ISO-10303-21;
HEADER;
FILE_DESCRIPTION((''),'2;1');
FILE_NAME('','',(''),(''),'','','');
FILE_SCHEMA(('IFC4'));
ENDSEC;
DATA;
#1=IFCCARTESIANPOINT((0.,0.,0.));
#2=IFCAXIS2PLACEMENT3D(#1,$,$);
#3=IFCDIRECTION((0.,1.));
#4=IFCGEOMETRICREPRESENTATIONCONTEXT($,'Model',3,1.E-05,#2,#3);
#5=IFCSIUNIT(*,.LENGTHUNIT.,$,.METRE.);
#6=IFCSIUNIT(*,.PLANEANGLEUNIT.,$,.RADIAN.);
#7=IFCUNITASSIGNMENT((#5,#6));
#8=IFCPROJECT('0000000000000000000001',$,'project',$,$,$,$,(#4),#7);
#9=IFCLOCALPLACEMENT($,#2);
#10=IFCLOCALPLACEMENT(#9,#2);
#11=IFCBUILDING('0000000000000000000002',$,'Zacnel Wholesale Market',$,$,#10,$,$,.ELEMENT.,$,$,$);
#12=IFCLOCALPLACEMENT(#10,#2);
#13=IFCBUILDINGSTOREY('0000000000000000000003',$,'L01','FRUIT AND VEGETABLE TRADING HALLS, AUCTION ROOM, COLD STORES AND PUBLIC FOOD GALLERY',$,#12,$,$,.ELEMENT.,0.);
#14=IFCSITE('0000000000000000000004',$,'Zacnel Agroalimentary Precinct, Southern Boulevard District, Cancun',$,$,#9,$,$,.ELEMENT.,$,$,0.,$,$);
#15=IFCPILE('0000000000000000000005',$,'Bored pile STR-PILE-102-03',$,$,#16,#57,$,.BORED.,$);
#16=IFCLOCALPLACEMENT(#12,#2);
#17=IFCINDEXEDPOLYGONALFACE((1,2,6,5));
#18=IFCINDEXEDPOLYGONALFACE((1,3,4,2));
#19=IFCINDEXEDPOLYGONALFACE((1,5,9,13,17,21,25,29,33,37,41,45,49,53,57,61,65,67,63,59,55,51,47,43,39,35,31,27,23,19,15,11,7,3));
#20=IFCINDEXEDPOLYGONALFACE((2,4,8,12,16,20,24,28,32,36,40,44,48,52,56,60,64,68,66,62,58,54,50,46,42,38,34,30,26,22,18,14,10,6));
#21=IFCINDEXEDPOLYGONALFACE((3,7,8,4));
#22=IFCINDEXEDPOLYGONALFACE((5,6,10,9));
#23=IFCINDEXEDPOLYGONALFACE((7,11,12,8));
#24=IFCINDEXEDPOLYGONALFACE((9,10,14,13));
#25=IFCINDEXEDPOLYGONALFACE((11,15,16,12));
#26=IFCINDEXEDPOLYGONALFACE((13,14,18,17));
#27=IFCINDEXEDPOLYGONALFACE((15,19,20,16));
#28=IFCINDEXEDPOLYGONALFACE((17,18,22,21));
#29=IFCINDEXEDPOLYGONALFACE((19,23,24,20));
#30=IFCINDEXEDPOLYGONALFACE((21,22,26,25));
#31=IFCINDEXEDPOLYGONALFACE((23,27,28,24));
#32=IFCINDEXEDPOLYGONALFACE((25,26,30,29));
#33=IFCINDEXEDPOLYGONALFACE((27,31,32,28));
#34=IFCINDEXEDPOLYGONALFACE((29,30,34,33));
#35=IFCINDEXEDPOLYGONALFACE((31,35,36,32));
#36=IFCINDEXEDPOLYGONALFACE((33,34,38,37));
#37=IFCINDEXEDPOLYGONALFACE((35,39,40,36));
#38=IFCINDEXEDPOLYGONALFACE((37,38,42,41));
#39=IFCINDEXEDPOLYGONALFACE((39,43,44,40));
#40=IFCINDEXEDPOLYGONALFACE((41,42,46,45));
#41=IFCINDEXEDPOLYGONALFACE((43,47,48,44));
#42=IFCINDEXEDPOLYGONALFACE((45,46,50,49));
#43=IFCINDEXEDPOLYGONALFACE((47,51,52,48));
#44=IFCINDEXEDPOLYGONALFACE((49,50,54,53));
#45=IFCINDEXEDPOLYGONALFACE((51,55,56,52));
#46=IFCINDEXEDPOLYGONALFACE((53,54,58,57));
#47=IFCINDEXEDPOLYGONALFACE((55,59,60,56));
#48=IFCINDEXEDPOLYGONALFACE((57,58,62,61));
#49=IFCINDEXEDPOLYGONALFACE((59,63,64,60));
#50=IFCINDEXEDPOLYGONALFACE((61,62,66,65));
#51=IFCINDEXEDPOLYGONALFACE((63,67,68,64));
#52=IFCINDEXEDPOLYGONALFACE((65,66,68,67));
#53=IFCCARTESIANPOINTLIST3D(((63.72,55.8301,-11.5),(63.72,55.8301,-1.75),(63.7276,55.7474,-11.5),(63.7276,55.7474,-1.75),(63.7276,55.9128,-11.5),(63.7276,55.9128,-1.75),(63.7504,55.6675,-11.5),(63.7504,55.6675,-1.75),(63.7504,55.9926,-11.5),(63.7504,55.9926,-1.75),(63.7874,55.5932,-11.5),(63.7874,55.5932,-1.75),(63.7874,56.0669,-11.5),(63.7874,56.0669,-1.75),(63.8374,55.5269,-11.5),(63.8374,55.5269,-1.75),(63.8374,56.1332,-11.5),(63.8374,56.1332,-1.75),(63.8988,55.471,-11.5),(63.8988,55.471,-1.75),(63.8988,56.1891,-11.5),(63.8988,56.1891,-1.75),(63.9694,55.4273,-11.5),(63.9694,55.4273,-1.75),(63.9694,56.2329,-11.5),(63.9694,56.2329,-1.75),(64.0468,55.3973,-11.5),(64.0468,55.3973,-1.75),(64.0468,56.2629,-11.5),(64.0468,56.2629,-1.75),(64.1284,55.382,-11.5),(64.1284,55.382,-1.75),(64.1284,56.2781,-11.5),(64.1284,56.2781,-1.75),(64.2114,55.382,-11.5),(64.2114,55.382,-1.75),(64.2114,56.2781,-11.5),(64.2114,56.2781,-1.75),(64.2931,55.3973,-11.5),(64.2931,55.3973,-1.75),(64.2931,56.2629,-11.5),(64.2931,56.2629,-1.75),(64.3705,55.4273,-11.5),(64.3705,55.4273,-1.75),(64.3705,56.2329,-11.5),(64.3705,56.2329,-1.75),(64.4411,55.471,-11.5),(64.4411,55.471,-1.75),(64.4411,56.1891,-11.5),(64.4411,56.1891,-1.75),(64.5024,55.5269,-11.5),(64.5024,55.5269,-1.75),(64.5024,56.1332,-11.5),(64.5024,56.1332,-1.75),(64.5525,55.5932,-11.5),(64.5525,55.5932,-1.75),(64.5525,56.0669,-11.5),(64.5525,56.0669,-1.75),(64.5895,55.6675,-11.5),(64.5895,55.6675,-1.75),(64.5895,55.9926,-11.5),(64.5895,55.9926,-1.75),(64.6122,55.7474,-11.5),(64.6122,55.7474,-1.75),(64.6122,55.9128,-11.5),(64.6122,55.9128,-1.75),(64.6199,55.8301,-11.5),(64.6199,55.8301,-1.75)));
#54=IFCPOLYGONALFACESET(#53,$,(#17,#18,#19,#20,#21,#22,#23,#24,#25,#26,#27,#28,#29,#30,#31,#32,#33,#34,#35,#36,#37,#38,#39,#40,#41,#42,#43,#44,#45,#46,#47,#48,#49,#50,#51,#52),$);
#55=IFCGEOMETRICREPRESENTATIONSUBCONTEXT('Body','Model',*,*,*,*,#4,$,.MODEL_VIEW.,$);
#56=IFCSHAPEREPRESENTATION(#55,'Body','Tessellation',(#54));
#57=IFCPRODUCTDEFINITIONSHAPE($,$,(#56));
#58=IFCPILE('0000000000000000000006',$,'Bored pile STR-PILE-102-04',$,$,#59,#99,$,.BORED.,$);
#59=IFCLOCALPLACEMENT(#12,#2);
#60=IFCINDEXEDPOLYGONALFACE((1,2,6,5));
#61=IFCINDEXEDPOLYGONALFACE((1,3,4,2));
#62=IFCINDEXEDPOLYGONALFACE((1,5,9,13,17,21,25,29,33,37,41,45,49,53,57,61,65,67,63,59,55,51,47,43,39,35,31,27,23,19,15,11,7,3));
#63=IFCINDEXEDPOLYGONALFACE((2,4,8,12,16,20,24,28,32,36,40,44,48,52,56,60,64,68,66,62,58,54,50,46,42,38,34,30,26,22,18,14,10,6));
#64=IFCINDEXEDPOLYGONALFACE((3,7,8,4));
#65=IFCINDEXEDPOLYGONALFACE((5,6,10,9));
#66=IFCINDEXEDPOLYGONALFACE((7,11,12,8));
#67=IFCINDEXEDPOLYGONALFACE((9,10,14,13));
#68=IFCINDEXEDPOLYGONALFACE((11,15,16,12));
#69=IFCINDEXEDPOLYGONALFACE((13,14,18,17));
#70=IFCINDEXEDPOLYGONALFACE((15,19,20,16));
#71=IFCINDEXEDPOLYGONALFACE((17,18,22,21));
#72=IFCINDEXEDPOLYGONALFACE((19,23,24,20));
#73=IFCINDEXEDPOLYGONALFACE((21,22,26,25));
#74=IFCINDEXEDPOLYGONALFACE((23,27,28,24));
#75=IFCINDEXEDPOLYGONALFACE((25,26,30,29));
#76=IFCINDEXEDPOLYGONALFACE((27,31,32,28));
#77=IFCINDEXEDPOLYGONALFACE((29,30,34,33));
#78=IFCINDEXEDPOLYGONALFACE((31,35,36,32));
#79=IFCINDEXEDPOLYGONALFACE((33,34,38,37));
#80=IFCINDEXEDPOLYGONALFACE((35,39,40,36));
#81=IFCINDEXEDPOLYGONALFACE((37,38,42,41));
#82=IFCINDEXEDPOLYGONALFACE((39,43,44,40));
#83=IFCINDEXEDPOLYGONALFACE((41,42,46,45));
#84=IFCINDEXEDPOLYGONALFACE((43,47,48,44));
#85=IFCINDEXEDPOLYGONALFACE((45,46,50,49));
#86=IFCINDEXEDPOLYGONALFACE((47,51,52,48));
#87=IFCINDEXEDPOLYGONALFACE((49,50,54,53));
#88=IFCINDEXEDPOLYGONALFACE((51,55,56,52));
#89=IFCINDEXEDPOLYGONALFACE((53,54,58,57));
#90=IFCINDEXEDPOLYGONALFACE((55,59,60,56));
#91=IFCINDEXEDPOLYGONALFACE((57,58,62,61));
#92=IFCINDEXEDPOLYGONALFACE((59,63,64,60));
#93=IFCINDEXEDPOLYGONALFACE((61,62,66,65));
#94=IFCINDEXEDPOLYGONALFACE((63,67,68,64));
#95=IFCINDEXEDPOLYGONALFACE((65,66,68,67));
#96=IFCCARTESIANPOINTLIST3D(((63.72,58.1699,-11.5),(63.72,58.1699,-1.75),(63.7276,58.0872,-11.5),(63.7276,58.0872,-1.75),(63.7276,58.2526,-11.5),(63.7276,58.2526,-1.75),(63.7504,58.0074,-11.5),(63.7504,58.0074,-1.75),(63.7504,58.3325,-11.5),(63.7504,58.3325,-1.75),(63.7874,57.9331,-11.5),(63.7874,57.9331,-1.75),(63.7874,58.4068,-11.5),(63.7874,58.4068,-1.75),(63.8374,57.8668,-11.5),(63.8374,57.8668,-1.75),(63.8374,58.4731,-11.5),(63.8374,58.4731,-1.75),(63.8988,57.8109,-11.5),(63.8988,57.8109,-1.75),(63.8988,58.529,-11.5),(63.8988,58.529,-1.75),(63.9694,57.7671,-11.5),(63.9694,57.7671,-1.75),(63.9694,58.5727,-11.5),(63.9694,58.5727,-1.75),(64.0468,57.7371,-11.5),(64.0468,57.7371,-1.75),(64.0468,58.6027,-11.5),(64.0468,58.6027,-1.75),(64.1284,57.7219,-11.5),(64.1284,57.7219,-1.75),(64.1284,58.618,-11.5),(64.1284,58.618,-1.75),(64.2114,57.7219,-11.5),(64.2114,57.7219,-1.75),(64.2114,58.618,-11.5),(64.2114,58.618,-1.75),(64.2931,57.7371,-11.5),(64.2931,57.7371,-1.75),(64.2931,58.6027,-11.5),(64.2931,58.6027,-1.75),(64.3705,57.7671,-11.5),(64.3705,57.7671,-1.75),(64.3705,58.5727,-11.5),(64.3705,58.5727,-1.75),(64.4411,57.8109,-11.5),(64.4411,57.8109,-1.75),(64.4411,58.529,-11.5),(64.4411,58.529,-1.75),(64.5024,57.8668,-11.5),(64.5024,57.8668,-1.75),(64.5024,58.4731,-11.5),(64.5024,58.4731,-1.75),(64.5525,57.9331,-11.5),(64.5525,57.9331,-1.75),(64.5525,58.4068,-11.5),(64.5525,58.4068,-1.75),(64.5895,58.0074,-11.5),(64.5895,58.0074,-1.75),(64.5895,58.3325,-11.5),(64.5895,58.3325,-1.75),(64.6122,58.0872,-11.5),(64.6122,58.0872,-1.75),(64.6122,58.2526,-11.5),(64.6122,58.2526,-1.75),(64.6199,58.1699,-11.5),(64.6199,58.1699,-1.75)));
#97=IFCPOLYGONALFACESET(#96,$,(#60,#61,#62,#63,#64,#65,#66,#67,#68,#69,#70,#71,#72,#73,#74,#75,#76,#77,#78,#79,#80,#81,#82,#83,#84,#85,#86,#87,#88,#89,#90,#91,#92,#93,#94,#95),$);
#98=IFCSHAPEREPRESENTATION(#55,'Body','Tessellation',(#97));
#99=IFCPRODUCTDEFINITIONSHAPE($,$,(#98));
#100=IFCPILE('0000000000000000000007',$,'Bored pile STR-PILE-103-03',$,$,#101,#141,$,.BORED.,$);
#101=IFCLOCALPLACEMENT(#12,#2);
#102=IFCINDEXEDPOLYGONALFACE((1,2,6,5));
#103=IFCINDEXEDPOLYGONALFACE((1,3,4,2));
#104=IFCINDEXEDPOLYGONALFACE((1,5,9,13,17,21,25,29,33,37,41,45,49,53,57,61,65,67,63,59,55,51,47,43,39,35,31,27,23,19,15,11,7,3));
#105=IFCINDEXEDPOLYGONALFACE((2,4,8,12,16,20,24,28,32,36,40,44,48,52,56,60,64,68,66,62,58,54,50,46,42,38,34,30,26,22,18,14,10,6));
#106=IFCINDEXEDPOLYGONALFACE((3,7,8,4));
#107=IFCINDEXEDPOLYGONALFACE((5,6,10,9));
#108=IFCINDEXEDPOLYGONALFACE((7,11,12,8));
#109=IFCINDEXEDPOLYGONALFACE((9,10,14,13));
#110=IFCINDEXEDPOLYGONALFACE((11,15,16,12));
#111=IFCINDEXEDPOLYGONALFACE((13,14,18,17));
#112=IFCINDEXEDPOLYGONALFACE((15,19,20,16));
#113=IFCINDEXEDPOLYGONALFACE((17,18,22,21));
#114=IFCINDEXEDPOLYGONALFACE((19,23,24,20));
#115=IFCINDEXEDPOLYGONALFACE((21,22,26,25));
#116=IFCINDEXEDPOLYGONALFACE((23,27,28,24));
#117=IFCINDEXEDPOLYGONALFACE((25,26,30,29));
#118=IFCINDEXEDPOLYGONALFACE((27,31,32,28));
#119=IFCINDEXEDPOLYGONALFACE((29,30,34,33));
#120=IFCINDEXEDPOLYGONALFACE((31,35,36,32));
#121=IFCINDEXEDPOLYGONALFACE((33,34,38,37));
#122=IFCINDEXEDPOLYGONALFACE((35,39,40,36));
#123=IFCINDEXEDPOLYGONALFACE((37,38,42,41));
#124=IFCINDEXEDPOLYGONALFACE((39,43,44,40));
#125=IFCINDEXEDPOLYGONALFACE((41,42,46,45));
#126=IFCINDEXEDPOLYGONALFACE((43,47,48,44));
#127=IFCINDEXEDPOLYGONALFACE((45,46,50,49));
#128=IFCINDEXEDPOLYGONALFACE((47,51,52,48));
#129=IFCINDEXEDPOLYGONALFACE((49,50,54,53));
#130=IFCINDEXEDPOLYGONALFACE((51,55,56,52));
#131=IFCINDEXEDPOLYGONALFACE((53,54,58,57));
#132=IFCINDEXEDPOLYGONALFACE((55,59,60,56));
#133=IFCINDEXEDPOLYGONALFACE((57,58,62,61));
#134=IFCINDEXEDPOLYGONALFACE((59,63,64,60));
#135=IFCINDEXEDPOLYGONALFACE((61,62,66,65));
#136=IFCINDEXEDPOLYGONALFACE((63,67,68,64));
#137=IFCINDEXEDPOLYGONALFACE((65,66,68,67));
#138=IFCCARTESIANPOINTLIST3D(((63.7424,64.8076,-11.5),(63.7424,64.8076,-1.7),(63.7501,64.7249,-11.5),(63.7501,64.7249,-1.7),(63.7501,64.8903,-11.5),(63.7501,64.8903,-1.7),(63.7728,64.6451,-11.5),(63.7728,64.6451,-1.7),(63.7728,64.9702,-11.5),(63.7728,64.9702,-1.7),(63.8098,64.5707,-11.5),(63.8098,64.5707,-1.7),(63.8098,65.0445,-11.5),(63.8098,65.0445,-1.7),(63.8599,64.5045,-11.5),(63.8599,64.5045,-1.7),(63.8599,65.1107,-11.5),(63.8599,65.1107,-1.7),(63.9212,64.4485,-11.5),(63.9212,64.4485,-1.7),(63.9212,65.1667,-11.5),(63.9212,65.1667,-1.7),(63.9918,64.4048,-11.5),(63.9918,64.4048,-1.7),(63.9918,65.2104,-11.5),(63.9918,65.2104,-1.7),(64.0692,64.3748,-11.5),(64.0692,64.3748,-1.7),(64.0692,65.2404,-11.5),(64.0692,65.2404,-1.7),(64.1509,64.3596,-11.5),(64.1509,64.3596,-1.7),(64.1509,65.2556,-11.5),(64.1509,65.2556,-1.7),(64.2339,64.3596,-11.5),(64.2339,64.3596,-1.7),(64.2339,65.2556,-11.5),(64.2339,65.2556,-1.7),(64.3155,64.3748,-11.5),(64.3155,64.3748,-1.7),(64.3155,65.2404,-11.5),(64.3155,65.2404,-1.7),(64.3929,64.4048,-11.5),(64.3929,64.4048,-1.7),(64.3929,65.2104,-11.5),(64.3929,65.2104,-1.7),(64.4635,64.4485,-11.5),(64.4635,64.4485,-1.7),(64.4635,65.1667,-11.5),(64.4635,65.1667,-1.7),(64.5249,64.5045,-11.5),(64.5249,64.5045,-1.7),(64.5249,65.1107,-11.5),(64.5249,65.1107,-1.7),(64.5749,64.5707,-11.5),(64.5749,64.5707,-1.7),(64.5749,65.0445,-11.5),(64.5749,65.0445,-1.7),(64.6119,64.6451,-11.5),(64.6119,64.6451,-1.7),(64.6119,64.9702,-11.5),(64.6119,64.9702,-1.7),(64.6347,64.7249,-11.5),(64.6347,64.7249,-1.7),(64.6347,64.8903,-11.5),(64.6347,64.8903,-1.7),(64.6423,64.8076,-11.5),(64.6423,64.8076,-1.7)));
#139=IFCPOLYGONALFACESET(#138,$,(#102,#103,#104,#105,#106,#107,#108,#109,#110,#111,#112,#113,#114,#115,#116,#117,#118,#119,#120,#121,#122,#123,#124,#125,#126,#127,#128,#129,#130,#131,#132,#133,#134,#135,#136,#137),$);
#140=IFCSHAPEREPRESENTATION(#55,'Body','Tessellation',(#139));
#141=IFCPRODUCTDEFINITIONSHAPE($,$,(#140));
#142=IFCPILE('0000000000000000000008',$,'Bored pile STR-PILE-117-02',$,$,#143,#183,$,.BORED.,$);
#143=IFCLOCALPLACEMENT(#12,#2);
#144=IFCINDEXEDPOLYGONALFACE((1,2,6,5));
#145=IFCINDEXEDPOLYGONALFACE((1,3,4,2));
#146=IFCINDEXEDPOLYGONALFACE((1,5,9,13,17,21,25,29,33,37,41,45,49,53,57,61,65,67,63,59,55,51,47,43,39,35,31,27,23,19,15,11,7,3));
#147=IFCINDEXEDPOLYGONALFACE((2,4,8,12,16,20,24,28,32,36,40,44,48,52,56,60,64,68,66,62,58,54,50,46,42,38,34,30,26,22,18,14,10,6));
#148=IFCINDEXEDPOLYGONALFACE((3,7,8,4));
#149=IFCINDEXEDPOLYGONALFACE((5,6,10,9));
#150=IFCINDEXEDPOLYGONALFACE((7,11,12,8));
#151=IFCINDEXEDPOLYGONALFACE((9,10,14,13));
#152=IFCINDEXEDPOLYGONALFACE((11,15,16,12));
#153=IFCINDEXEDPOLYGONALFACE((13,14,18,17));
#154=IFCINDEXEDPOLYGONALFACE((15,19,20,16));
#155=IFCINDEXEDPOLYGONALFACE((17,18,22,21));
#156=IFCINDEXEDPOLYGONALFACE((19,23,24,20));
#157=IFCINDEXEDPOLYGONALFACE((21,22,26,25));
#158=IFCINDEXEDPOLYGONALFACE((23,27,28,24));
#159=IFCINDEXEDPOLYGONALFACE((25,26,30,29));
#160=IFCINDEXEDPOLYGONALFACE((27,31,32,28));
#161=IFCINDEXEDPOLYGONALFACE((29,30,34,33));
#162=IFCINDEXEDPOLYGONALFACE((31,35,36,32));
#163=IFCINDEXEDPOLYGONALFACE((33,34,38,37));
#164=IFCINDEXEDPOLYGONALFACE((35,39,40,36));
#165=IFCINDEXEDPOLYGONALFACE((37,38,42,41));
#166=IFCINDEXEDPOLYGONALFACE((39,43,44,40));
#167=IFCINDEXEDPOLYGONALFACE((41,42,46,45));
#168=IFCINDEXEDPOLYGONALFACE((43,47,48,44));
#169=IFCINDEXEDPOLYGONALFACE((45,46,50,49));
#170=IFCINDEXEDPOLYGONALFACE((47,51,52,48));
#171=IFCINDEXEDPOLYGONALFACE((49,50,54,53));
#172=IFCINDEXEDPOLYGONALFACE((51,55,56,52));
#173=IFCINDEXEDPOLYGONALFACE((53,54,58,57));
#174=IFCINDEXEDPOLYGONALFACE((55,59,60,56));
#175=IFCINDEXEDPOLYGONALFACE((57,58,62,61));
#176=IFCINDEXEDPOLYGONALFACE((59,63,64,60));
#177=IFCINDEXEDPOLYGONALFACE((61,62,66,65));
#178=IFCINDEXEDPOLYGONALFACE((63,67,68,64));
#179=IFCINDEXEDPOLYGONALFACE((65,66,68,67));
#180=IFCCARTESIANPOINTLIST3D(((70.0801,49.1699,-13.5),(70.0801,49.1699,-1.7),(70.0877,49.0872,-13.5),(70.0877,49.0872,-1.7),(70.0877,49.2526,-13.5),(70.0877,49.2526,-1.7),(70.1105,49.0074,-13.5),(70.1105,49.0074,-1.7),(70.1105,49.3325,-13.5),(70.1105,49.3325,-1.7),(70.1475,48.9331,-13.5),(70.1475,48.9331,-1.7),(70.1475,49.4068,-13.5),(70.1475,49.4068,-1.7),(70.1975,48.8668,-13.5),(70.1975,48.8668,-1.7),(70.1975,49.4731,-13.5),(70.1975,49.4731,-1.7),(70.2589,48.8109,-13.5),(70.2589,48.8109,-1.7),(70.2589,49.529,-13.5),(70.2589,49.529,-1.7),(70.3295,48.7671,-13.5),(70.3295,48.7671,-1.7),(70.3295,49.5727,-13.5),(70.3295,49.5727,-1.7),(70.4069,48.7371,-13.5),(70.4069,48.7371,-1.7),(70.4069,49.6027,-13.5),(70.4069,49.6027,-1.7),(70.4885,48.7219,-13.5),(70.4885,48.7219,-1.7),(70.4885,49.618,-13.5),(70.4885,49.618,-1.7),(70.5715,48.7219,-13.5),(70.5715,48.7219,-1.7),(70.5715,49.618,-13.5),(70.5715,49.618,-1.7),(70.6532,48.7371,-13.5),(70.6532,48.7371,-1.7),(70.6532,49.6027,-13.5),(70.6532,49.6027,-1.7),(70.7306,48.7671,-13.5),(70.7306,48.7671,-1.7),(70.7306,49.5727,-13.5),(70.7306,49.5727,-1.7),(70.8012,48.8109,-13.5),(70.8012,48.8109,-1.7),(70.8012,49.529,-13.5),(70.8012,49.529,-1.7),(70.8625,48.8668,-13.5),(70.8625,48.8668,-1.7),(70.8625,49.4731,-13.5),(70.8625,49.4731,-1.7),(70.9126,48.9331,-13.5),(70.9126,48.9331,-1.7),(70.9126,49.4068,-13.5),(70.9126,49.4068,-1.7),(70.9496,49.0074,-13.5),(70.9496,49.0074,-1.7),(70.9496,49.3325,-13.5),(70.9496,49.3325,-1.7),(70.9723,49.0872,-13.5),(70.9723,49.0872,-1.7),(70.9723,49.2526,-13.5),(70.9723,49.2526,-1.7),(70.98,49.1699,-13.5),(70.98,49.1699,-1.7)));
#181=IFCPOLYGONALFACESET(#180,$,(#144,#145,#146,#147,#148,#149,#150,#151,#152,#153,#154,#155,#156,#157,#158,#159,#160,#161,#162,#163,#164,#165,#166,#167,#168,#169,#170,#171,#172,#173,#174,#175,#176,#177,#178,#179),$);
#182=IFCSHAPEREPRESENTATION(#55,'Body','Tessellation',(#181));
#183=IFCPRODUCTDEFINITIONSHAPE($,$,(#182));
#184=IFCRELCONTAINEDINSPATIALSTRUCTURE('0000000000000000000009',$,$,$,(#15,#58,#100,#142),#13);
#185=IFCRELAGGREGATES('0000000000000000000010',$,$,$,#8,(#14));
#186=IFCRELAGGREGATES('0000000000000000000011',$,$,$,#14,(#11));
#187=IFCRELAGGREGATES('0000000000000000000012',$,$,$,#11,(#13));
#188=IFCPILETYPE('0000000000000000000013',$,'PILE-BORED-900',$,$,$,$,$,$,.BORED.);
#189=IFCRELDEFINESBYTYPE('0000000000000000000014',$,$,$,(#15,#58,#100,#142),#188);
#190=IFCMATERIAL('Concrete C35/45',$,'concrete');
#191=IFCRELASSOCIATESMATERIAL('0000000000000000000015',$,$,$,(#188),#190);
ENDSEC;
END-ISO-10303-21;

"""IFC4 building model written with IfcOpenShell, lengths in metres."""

from ifc_helpers import new_model, si_unit, direction, frame, origin, origin_2d, place, context, subcontext, project, spatial, circle, extrude, material, material_profile, profile_set, type_object, element, save


model = new_model("IFC4")

# Units and contexts
model_context = context("Model", 3, precision=1e-05, world=origin(), true_north=direction((0.0, 1.0)))
body_context = subcontext(model_context, "Body", "Model", "MODEL_VIEW")
ifc_project = project(units=[si_unit("LENGTHUNIT", "METRE"), si_unit("PLANEANGLEUNIT", "RADIAN")], contexts=[model_context])

# Site, building, storey
site_placement = place(None, origin())
site = spatial("IfcSite", under=ifc_project, at=site_placement, Name="Zacnel Agroalimentary Precinct, Southern Boulevard District, Cancun", CompositionType="ELEMENT", RefElevation=0.0)
building_placement = place(site_placement, origin())
building = spatial("IfcBuilding", under=site, at=building_placement, Name="Zacnel Wholesale Market", CompositionType="ELEMENT")
storey_placement = place(building_placement, origin())
storey = spatial("IfcBuildingStorey", under=building, at=storey_placement, Name="L01", Description="FRUIT AND VEGETABLE TRADING HALLS, AUCTION ROOM, COLD STORES AND PUBLIC FOOD GALLERY", CompositionType="ELEMENT", Elevation=0.0)

# Piles
ifc_material_1 = material(Name="Concrete C35/45", Category="concrete")
ifc_material_profile_1 = material_profile(ifc_material_1, circle(Radius=0.45, at=origin_2d()), Name="BORED PILE D900")
ifc_profile_set_1 = profile_set([ifc_material_profile_1], Name="Concrete C35/45")
pile_type = type_object("IfcPileType", Name="PILE-BORED-900", PredefinedType="BORED", material=ifc_profile_set_1)
for number, where, z_axis, x_axis, name in (
    (1, (64.1699, 55.8301, -1.75), (0.0, 0.0, -1.0), (1.0, 0.0, 0.0), "Bored pile STR-PILE-102-03"),
    (2, (64.1699, 58.1699, -1.75), (0.0, 0.0, -1.0), (1.0, 0.0, 0.0), "Bored pile STR-PILE-102-04"),
):
    element("IfcPile", number, at=place(storey_placement, frame(where, z_axis=z_axis, x_axis=x_axis)), inside=storey, type_object=pile_type, Name=name, PredefinedType="BORED", context=body_context, shape_type="SweptSolid", body=[
        extrude(circle(Radius=0.45, at=origin_2d()), origin(), (0.0, 0.0, 1.0), 9.75),
    ])
pile_1_placement = place(storey_placement, frame((64.1924, 64.8076, -1.7), z_axis=(0.0, 0.0, -1.0), x_axis=(1.0, 0.0, 0.0)))
element("IfcPile", 3, at=pile_1_placement, inside=storey, type_object=pile_type, Name="Bored pile STR-PILE-103-03", PredefinedType="BORED", context=body_context, shape_type="SweptSolid", body=[
    extrude(circle(Radius=0.45, at=origin_2d()), origin(), (0.0, 0.0, 1.0), 9.8),
])
for number, where, z_axis, x_axis, name in (
    (4, (70.53, 49.1699, -1.7), (0.0, 0.0, -1.0), (1.0, 0.0, 0.0), "Bored pile STR-PILE-117-02"),
):
    element("IfcPile", number, at=place(storey_placement, frame(where, z_axis=z_axis, x_axis=x_axis)), inside=storey, type_object=pile_type, Name=name, PredefinedType="BORED", context=body_context, shape_type="SweptSolid", body=[
        extrude(circle(Radius=0.45, at=origin_2d()), origin(), (0.0, 0.0, 1.0), 11.8),
    ])

save(model, "model.ifc")
